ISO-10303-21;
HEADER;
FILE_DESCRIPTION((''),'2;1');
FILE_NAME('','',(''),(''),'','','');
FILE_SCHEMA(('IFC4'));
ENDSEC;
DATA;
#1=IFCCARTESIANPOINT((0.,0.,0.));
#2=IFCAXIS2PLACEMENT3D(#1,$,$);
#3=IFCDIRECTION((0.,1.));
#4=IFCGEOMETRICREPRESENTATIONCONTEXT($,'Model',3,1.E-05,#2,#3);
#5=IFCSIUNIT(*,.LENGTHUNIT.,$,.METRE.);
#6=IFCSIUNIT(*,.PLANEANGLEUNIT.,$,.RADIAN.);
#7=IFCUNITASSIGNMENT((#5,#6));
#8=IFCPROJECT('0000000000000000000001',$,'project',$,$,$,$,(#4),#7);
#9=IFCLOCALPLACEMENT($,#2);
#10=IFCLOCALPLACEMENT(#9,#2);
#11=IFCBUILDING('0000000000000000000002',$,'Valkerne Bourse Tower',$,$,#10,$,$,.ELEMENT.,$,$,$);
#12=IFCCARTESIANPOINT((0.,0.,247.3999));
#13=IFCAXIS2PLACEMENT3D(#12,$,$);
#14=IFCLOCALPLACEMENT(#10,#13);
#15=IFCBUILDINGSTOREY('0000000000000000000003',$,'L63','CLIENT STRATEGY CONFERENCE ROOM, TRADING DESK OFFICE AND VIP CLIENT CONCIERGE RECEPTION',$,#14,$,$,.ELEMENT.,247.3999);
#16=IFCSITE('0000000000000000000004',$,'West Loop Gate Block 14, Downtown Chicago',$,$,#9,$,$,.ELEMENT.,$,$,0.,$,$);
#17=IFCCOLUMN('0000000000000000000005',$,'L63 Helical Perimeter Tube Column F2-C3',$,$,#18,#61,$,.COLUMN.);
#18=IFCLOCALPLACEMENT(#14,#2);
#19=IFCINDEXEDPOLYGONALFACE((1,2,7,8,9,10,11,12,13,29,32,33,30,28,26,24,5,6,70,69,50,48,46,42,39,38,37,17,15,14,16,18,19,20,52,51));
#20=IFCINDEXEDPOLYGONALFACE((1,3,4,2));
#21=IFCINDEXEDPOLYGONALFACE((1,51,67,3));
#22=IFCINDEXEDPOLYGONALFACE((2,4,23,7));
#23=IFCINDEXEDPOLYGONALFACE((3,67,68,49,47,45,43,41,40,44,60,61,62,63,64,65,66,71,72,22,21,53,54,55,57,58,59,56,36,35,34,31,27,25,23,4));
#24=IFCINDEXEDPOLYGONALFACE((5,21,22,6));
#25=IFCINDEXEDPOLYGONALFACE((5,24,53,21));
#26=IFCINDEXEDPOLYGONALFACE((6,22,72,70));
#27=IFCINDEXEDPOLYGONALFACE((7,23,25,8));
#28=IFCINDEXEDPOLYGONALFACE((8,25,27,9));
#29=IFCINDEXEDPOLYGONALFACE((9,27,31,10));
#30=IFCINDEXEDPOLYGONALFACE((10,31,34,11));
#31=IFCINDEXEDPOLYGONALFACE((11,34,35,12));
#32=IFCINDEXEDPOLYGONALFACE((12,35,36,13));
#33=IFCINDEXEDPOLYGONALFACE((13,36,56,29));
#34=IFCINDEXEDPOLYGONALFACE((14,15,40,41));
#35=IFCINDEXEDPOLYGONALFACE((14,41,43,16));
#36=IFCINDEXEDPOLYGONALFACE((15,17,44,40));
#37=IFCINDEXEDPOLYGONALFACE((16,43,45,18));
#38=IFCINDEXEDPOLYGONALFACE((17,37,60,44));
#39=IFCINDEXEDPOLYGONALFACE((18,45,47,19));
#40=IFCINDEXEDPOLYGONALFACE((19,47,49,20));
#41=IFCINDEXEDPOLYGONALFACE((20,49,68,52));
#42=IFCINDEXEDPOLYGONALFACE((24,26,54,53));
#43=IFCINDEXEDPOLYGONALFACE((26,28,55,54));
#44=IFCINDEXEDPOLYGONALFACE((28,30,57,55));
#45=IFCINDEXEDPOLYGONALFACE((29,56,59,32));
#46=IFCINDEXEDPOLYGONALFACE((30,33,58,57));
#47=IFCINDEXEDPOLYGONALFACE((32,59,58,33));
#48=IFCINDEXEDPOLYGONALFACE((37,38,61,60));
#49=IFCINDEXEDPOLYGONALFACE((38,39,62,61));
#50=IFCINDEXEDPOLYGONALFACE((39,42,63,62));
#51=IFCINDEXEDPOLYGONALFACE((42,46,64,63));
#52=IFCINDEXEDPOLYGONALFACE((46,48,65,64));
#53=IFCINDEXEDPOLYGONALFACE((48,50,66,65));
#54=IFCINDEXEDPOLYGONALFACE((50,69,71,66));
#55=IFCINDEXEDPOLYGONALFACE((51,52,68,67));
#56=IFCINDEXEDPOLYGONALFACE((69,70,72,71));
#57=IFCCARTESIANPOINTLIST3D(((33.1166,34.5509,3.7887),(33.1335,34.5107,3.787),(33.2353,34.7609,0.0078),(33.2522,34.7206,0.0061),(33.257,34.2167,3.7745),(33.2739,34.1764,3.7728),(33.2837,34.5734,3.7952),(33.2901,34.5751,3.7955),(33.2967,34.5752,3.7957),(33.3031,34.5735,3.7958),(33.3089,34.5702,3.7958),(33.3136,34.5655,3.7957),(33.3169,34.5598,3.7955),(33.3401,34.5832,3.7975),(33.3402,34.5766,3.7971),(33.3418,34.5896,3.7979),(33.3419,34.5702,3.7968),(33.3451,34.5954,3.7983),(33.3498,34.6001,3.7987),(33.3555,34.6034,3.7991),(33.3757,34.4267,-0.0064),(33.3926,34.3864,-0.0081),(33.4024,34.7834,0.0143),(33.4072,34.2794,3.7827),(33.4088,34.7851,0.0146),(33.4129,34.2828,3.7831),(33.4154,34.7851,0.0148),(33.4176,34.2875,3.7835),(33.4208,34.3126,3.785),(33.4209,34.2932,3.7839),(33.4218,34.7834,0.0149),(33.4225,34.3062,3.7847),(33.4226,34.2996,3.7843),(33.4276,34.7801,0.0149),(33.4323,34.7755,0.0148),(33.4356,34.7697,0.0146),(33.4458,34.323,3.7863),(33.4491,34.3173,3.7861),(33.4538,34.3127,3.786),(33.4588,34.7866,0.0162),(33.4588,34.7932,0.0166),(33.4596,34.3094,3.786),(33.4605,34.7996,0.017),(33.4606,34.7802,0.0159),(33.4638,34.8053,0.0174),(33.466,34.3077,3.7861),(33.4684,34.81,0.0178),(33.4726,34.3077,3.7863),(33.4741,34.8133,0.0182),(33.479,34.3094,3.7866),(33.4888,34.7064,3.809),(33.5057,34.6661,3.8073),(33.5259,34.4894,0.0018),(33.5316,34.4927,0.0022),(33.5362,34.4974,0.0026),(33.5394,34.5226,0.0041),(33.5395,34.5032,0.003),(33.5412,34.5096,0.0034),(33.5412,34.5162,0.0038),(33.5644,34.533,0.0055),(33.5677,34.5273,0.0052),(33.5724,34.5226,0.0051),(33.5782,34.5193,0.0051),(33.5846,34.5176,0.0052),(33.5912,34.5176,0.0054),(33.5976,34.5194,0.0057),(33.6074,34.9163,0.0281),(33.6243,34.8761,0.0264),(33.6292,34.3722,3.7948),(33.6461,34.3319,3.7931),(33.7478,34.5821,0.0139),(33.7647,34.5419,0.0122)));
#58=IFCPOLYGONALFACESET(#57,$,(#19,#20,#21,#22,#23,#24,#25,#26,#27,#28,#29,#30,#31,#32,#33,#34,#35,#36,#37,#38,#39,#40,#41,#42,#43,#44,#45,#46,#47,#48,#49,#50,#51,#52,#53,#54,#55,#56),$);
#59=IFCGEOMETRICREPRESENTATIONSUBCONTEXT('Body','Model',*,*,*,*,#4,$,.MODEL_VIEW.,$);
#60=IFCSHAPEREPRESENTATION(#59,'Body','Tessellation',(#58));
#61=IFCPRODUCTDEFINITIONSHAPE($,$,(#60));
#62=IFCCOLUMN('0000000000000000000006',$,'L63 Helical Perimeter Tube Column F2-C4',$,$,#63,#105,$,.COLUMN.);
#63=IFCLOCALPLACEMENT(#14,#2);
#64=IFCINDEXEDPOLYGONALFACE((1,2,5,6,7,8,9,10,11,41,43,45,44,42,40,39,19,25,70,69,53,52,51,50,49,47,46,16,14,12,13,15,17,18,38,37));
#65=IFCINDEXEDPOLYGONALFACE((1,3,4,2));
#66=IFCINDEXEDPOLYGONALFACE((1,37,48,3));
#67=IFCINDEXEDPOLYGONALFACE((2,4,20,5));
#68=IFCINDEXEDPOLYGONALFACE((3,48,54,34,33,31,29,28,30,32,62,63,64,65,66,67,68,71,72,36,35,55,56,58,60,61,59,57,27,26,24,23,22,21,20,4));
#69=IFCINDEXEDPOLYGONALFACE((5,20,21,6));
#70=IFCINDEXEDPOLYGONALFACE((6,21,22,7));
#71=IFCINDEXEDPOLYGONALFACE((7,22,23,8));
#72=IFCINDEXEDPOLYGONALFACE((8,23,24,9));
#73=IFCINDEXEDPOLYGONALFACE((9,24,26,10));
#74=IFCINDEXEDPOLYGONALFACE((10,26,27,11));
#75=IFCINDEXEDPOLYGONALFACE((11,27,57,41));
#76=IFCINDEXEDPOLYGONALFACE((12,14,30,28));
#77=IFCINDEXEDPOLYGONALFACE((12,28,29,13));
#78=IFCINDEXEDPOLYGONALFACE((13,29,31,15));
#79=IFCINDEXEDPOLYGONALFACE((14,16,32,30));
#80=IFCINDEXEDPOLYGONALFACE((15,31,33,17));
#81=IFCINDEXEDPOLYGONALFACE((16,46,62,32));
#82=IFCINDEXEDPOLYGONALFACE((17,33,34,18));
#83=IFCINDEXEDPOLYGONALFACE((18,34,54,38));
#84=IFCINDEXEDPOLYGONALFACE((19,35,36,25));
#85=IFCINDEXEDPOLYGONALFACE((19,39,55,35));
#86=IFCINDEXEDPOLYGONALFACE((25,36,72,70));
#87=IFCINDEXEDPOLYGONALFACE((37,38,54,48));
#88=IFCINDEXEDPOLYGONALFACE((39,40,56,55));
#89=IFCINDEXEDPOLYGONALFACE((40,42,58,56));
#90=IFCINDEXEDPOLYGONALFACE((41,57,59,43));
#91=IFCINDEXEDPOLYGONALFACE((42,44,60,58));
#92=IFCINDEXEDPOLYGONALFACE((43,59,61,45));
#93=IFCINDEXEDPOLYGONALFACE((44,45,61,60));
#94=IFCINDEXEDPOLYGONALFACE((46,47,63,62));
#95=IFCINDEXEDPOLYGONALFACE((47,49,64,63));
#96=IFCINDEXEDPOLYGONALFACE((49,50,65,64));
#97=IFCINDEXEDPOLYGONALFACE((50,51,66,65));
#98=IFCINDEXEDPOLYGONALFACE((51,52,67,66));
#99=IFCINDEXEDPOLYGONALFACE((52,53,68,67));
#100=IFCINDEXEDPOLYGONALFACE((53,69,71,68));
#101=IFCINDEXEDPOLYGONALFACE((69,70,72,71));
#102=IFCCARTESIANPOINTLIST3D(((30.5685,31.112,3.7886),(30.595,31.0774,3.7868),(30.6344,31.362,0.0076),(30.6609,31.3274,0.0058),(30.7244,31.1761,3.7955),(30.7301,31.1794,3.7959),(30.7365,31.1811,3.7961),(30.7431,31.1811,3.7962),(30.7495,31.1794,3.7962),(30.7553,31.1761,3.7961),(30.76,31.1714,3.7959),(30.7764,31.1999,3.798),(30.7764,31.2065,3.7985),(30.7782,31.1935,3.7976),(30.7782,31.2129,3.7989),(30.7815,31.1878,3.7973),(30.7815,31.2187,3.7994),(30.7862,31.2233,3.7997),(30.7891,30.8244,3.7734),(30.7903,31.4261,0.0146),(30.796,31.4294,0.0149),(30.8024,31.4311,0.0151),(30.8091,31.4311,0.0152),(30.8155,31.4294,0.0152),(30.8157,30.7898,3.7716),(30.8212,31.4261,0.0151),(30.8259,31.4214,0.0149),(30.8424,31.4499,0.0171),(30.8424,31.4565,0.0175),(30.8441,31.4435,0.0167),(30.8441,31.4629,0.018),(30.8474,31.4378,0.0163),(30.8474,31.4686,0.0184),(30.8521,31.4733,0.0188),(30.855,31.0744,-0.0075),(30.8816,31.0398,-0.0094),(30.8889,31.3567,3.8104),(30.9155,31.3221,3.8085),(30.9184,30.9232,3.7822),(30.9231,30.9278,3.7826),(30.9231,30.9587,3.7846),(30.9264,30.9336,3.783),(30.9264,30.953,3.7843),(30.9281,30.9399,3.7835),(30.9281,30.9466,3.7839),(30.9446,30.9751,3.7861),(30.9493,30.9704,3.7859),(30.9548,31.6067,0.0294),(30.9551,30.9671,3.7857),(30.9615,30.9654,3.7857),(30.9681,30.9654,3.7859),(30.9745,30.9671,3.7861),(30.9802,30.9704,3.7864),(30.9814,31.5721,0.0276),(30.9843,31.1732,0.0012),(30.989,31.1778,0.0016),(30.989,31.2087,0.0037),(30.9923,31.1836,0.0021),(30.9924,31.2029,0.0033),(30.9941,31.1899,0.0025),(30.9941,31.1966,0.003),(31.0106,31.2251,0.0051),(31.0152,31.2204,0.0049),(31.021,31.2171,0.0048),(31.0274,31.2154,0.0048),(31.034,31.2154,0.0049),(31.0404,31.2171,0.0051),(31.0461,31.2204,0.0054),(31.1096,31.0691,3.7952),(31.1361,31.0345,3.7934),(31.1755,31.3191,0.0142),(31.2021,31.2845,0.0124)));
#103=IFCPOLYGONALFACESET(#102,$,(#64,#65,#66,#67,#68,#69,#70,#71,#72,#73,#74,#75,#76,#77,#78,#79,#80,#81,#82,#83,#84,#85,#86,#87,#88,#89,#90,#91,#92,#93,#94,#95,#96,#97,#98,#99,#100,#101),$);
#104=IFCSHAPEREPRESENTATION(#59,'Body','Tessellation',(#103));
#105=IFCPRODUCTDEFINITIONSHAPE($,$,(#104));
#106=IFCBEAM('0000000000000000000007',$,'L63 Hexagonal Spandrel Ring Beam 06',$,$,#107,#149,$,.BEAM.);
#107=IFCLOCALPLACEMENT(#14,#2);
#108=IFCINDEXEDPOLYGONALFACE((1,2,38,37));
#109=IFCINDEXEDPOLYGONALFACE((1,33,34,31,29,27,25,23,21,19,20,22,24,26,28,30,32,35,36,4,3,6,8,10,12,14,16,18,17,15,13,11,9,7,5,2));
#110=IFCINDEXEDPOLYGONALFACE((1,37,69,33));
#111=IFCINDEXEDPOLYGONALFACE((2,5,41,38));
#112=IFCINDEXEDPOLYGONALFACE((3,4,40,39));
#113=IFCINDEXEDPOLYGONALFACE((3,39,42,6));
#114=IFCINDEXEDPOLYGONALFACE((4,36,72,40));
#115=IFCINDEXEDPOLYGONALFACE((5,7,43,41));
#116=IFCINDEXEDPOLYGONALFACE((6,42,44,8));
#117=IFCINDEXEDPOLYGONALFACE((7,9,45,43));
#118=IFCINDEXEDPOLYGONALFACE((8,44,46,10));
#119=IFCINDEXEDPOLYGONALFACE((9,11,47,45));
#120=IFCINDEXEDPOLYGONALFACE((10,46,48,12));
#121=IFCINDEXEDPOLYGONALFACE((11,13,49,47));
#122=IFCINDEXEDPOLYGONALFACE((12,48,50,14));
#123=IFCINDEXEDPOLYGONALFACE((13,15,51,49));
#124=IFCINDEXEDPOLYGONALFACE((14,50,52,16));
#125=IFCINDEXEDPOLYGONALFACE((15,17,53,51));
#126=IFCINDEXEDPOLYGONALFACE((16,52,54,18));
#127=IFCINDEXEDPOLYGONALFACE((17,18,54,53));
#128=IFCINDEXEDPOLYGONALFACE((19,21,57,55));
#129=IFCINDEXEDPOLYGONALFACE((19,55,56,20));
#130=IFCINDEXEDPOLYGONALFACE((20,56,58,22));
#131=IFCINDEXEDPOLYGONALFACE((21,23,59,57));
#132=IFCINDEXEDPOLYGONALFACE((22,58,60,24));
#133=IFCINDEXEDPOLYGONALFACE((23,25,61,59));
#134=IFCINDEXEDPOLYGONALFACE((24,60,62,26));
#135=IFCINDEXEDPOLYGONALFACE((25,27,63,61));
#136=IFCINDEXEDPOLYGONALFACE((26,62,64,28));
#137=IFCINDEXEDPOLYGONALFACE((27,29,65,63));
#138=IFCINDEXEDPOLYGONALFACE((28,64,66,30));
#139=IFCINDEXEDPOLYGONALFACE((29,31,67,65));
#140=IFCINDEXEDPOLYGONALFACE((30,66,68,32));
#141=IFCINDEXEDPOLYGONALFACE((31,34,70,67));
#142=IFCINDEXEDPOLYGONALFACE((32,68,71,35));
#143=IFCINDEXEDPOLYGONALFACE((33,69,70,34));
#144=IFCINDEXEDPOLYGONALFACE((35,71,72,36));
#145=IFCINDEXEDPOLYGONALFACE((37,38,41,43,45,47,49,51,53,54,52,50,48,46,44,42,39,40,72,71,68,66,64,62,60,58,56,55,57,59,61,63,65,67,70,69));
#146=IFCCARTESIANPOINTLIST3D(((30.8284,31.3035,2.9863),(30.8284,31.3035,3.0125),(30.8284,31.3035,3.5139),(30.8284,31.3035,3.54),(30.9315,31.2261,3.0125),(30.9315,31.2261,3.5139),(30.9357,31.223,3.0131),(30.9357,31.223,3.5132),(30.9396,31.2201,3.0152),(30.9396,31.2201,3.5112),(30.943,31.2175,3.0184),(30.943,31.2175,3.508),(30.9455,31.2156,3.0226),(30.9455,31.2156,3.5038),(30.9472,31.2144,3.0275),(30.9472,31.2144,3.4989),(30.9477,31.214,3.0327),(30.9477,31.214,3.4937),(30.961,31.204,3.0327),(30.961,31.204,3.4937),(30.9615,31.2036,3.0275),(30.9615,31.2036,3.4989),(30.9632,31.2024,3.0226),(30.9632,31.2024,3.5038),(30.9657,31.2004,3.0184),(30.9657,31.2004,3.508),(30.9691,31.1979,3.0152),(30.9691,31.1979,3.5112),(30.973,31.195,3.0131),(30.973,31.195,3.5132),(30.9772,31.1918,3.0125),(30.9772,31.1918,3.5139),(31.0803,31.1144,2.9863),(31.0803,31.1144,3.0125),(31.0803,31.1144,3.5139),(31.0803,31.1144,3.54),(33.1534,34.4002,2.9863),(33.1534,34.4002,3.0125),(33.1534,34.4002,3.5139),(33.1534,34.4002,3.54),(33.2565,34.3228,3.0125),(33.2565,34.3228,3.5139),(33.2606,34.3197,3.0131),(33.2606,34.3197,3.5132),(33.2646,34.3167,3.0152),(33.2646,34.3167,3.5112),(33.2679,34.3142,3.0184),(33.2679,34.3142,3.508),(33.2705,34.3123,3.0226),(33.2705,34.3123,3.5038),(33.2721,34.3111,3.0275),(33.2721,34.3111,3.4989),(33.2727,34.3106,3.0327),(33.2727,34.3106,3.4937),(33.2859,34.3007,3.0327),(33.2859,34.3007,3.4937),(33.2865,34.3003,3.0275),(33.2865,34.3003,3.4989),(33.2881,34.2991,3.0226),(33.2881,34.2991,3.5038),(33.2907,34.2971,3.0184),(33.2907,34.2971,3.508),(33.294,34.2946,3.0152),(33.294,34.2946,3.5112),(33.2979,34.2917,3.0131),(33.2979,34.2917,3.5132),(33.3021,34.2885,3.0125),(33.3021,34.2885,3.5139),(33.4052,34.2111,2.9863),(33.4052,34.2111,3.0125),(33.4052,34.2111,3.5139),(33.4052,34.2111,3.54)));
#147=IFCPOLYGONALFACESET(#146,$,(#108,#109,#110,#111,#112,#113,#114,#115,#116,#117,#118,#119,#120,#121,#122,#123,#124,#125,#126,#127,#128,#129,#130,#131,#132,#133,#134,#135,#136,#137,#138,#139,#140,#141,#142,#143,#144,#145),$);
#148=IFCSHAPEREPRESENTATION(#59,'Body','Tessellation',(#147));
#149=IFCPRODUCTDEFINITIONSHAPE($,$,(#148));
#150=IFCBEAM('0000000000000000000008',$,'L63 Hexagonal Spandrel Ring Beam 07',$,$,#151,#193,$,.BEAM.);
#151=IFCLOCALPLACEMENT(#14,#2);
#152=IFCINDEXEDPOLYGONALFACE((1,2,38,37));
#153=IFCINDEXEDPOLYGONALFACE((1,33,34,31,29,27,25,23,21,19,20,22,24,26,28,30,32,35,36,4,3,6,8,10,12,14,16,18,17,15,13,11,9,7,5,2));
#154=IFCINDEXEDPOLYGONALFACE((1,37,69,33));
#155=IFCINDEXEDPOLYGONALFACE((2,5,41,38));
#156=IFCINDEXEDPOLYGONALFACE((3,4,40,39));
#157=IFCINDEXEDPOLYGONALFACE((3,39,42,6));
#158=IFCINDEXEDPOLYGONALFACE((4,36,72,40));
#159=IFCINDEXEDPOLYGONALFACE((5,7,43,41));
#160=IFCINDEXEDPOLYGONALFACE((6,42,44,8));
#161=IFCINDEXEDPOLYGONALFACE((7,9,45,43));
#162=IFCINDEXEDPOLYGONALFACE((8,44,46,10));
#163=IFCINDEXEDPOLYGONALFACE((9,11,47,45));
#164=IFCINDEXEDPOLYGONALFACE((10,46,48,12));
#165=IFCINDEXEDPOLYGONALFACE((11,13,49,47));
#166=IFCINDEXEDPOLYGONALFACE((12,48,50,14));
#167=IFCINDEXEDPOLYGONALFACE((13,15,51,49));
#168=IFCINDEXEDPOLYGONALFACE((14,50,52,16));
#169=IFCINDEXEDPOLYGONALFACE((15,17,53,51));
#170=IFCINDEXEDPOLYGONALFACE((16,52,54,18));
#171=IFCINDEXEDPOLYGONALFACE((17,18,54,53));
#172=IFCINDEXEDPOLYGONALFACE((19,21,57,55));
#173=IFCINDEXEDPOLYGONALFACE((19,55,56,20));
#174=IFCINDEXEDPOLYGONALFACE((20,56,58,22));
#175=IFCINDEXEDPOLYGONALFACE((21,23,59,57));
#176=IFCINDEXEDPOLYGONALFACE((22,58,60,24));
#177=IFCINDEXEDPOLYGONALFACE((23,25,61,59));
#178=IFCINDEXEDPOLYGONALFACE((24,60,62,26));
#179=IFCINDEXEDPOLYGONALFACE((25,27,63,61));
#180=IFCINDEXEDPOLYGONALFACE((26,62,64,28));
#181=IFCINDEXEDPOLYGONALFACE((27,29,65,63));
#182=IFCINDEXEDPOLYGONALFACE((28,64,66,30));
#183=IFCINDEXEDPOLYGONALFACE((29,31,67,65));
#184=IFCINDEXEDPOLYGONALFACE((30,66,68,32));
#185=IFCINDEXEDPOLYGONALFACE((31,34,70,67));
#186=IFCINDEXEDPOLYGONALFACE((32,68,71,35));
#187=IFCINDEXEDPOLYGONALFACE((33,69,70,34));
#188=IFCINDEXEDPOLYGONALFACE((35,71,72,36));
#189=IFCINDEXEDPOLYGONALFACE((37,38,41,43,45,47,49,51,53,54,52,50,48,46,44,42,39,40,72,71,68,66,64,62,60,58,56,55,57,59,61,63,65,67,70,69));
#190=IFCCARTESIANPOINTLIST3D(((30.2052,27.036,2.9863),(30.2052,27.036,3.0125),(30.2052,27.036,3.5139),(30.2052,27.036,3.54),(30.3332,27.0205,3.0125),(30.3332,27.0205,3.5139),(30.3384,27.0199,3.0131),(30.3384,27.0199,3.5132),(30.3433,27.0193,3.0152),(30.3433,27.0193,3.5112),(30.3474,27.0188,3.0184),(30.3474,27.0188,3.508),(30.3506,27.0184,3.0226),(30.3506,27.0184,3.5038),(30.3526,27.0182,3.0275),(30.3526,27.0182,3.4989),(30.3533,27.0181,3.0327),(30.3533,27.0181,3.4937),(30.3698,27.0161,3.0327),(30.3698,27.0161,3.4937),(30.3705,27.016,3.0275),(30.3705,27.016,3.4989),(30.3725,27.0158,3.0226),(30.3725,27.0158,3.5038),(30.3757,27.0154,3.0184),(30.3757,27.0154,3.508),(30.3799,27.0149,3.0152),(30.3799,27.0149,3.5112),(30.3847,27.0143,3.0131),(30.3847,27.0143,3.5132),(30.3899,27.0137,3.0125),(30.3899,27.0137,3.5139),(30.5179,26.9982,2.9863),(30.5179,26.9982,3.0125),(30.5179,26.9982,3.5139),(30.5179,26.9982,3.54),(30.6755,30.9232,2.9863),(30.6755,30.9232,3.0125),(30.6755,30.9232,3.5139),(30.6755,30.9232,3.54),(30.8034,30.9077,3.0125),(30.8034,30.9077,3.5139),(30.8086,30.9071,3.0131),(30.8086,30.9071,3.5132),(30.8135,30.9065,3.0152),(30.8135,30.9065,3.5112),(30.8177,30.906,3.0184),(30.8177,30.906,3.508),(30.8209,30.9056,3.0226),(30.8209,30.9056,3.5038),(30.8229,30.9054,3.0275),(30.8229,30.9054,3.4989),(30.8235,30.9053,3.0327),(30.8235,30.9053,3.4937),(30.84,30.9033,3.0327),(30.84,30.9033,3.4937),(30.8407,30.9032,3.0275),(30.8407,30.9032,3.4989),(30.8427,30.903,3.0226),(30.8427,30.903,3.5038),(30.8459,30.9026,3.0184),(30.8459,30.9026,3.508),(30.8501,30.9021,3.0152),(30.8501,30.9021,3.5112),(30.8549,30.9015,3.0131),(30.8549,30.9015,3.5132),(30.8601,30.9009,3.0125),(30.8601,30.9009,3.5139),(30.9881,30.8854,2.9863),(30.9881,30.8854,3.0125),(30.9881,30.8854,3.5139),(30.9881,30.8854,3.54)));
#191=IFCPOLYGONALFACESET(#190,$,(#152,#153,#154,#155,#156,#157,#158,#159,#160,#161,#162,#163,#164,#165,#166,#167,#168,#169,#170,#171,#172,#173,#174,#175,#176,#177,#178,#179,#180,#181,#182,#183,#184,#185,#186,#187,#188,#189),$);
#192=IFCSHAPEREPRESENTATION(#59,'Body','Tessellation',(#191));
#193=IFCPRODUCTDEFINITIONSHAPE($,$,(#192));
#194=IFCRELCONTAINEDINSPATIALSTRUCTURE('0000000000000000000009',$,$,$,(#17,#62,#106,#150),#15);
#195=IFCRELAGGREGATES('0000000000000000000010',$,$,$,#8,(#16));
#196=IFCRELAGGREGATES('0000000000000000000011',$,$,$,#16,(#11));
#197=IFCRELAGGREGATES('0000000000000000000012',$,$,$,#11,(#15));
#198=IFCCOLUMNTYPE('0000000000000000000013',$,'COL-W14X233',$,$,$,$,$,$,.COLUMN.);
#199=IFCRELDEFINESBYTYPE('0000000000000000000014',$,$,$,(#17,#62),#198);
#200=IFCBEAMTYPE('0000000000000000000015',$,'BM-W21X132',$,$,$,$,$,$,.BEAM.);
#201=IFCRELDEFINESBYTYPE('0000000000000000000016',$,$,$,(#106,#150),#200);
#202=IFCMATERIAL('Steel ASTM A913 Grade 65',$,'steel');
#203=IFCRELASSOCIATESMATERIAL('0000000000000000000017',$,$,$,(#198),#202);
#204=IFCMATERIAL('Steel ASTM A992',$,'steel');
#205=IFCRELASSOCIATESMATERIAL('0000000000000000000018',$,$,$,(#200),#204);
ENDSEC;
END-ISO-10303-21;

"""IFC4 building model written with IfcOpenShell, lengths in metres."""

from ifc_helpers import new_model, si_unit, direction, frame, origin, origin_2d, place, context, subcontext, project, spatial, i_section, extrude, material, material_profile, profile_set, type_object, element, save


model = new_model("IFC4")

# Units and contexts
model_context = context("Model", 3, precision=1e-05, world=origin(), true_north=direction((0.0, 1.0)))
body_context = subcontext(model_context, "Body", "Model", "MODEL_VIEW")
ifc_project = project(units=[si_unit("LENGTHUNIT", "METRE"), si_unit("PLANEANGLEUNIT", "RADIAN")], contexts=[model_context])

# Site, building, storey
site_placement = place(None, origin())
site = spatial("IfcSite", under=ifc_project, at=site_placement, Name="West Loop Gate Block 14, Downtown Chicago", CompositionType="ELEMENT", RefElevation=0.0)
building_placement = place(site_placement, origin())
building = spatial("IfcBuilding", under=site, at=building_placement, Name="Valkerne Bourse Tower", CompositionType="ELEMENT")
storey_placement = place(building_placement, frame((0.0, 0.0, 247.3999)))
storey = spatial("IfcBuildingStorey", under=building, at=storey_placement, Name="L63", Description="CLIENT STRATEGY CONFERENCE ROOM, TRADING DESK OFFICE AND VIP CLIENT CONCIERGE RECEPTION", CompositionType="ELEMENT", Elevation=247.3999)

# Columns
ifc_material_1 = material(Name="Steel ASTM A913 Grade 65", Category="steel")
ifc_material_profile_1 = material_profile(ifc_material_1, i_section(OverallWidth=0.4038, OverallDepth=0.4065, WebThickness=0.0271, FlangeThickness=0.0437, FilletRadius=0.0254, at=origin_2d()), Name="W14X233")
ifc_profile_set_1 = profile_set([ifc_material_profile_1], Name="Steel ASTM A913 Grade 65")
column_type = type_object("IfcColumnType", Name="COL-W14X233", PredefinedType="COLUMN", material=ifc_profile_set_1)
column_1_placement = place(storey_placement, frame((33.5, 34.6514, 0.01), z_axis=(-0.031318, -0.055418, 0.997972), x_axis=(-0.921558, -0.38497, -0.050297)))
element("IfcColumn", 1, at=column_1_placement, inside=storey, type_object=column_type, Name="L63 Helical Perimeter Tube Column F2-C3", PredefinedType="COLUMN", context=body_context, shape_type="SweptSolid", body=[
    extrude(i_section(OverallWidth=0.4038, OverallDepth=0.4065, WebThickness=0.0271, FlangeThickness=0.0437, FilletRadius=0.0254, at=origin_2d()), origin(), (0.0, 0.0, 1.0), 3.7886),
])
column_2_placement = place(storey_placement, frame((30.9182, 31.3232, 0.01), z_axis=(-0.017393, -0.065966, 0.99767), x_axis=(-0.793639, -0.605996, -0.053905)))
element("IfcColumn", 2, at=column_2_placement, inside=storey, type_object=column_type, Name="L63 Helical Perimeter Tube Column F2-C4", PredefinedType="COLUMN", context=body_context, shape_type="SweptSolid", body=[
    extrude(i_section(OverallWidth=0.4038, OverallDepth=0.4065, WebThickness=0.0271, FlangeThickness=0.0437, FilletRadius=0.0254, at=origin_2d()), origin(), (0.0, 0.0, 1.0), 3.7898),
])

# Beams
ifc_material_2 = material(Name="Steel ASTM A992", Category="steel")
ifc_material_profile_2 = material_profile(ifc_material_2, i_section(OverallWidth=0.3149, OverallDepth=0.5537, WebThickness=0.0166, FlangeThickness=0.0261, FilletRadius=0.0203, at=origin_2d()), Name="W21X132")
ifc_profile_set_2 = profile_set([ifc_material_profile_2], Name="Steel ASTM A992")
beam_type_1 = type_object("IfcBeamType", Name="BM-W21X132", PredefinedType="BEAM", material=ifc_profile_set_2)
beam_1_placement = place(storey_placement, frame((33.2793, 34.3057, 3.2632), z_axis=(-0.600403, -0.799697, 0.0), x_axis=(0.799697, -0.600403, 0.0)))
element("IfcBeam", 3, at=beam_1_placement, inside=storey, type_object=beam_type_1, Name="L63 Hexagonal Spandrel Ring Beam 06", PredefinedType="BEAM", context=body_context, shape_type="SweptSolid", body=[
    extrude(i_section(OverallWidth=0.3149, OverallDepth=0.5537, WebThickness=0.0166, FlangeThickness=0.0261, FilletRadius=0.0203, at=origin_2d()), origin(), (0.0, 0.0, 1.0), 3.8723),
])
beam_2_placement = place(storey_placement, frame((30.8318, 30.9043, 3.2632), z_axis=(-0.120089, -0.992763, 0.0), x_axis=(0.992763, -0.120089, 0.0)))
element("IfcBeam", 4, at=beam_2_placement, inside=storey, type_object=beam_type_1, Name="L63 Hexagonal Spandrel Ring Beam 07", PredefinedType="BEAM", context=body_context, shape_type="SweptSolid", body=[
    extrude(i_section(OverallWidth=0.3149, OverallDepth=0.5537, WebThickness=0.0166, FlangeThickness=0.0261, FilletRadius=0.0203, at=origin_2d()), origin(), (0.0, 0.0, 1.0), 3.9155),
])

save(model, "model.ifc")
